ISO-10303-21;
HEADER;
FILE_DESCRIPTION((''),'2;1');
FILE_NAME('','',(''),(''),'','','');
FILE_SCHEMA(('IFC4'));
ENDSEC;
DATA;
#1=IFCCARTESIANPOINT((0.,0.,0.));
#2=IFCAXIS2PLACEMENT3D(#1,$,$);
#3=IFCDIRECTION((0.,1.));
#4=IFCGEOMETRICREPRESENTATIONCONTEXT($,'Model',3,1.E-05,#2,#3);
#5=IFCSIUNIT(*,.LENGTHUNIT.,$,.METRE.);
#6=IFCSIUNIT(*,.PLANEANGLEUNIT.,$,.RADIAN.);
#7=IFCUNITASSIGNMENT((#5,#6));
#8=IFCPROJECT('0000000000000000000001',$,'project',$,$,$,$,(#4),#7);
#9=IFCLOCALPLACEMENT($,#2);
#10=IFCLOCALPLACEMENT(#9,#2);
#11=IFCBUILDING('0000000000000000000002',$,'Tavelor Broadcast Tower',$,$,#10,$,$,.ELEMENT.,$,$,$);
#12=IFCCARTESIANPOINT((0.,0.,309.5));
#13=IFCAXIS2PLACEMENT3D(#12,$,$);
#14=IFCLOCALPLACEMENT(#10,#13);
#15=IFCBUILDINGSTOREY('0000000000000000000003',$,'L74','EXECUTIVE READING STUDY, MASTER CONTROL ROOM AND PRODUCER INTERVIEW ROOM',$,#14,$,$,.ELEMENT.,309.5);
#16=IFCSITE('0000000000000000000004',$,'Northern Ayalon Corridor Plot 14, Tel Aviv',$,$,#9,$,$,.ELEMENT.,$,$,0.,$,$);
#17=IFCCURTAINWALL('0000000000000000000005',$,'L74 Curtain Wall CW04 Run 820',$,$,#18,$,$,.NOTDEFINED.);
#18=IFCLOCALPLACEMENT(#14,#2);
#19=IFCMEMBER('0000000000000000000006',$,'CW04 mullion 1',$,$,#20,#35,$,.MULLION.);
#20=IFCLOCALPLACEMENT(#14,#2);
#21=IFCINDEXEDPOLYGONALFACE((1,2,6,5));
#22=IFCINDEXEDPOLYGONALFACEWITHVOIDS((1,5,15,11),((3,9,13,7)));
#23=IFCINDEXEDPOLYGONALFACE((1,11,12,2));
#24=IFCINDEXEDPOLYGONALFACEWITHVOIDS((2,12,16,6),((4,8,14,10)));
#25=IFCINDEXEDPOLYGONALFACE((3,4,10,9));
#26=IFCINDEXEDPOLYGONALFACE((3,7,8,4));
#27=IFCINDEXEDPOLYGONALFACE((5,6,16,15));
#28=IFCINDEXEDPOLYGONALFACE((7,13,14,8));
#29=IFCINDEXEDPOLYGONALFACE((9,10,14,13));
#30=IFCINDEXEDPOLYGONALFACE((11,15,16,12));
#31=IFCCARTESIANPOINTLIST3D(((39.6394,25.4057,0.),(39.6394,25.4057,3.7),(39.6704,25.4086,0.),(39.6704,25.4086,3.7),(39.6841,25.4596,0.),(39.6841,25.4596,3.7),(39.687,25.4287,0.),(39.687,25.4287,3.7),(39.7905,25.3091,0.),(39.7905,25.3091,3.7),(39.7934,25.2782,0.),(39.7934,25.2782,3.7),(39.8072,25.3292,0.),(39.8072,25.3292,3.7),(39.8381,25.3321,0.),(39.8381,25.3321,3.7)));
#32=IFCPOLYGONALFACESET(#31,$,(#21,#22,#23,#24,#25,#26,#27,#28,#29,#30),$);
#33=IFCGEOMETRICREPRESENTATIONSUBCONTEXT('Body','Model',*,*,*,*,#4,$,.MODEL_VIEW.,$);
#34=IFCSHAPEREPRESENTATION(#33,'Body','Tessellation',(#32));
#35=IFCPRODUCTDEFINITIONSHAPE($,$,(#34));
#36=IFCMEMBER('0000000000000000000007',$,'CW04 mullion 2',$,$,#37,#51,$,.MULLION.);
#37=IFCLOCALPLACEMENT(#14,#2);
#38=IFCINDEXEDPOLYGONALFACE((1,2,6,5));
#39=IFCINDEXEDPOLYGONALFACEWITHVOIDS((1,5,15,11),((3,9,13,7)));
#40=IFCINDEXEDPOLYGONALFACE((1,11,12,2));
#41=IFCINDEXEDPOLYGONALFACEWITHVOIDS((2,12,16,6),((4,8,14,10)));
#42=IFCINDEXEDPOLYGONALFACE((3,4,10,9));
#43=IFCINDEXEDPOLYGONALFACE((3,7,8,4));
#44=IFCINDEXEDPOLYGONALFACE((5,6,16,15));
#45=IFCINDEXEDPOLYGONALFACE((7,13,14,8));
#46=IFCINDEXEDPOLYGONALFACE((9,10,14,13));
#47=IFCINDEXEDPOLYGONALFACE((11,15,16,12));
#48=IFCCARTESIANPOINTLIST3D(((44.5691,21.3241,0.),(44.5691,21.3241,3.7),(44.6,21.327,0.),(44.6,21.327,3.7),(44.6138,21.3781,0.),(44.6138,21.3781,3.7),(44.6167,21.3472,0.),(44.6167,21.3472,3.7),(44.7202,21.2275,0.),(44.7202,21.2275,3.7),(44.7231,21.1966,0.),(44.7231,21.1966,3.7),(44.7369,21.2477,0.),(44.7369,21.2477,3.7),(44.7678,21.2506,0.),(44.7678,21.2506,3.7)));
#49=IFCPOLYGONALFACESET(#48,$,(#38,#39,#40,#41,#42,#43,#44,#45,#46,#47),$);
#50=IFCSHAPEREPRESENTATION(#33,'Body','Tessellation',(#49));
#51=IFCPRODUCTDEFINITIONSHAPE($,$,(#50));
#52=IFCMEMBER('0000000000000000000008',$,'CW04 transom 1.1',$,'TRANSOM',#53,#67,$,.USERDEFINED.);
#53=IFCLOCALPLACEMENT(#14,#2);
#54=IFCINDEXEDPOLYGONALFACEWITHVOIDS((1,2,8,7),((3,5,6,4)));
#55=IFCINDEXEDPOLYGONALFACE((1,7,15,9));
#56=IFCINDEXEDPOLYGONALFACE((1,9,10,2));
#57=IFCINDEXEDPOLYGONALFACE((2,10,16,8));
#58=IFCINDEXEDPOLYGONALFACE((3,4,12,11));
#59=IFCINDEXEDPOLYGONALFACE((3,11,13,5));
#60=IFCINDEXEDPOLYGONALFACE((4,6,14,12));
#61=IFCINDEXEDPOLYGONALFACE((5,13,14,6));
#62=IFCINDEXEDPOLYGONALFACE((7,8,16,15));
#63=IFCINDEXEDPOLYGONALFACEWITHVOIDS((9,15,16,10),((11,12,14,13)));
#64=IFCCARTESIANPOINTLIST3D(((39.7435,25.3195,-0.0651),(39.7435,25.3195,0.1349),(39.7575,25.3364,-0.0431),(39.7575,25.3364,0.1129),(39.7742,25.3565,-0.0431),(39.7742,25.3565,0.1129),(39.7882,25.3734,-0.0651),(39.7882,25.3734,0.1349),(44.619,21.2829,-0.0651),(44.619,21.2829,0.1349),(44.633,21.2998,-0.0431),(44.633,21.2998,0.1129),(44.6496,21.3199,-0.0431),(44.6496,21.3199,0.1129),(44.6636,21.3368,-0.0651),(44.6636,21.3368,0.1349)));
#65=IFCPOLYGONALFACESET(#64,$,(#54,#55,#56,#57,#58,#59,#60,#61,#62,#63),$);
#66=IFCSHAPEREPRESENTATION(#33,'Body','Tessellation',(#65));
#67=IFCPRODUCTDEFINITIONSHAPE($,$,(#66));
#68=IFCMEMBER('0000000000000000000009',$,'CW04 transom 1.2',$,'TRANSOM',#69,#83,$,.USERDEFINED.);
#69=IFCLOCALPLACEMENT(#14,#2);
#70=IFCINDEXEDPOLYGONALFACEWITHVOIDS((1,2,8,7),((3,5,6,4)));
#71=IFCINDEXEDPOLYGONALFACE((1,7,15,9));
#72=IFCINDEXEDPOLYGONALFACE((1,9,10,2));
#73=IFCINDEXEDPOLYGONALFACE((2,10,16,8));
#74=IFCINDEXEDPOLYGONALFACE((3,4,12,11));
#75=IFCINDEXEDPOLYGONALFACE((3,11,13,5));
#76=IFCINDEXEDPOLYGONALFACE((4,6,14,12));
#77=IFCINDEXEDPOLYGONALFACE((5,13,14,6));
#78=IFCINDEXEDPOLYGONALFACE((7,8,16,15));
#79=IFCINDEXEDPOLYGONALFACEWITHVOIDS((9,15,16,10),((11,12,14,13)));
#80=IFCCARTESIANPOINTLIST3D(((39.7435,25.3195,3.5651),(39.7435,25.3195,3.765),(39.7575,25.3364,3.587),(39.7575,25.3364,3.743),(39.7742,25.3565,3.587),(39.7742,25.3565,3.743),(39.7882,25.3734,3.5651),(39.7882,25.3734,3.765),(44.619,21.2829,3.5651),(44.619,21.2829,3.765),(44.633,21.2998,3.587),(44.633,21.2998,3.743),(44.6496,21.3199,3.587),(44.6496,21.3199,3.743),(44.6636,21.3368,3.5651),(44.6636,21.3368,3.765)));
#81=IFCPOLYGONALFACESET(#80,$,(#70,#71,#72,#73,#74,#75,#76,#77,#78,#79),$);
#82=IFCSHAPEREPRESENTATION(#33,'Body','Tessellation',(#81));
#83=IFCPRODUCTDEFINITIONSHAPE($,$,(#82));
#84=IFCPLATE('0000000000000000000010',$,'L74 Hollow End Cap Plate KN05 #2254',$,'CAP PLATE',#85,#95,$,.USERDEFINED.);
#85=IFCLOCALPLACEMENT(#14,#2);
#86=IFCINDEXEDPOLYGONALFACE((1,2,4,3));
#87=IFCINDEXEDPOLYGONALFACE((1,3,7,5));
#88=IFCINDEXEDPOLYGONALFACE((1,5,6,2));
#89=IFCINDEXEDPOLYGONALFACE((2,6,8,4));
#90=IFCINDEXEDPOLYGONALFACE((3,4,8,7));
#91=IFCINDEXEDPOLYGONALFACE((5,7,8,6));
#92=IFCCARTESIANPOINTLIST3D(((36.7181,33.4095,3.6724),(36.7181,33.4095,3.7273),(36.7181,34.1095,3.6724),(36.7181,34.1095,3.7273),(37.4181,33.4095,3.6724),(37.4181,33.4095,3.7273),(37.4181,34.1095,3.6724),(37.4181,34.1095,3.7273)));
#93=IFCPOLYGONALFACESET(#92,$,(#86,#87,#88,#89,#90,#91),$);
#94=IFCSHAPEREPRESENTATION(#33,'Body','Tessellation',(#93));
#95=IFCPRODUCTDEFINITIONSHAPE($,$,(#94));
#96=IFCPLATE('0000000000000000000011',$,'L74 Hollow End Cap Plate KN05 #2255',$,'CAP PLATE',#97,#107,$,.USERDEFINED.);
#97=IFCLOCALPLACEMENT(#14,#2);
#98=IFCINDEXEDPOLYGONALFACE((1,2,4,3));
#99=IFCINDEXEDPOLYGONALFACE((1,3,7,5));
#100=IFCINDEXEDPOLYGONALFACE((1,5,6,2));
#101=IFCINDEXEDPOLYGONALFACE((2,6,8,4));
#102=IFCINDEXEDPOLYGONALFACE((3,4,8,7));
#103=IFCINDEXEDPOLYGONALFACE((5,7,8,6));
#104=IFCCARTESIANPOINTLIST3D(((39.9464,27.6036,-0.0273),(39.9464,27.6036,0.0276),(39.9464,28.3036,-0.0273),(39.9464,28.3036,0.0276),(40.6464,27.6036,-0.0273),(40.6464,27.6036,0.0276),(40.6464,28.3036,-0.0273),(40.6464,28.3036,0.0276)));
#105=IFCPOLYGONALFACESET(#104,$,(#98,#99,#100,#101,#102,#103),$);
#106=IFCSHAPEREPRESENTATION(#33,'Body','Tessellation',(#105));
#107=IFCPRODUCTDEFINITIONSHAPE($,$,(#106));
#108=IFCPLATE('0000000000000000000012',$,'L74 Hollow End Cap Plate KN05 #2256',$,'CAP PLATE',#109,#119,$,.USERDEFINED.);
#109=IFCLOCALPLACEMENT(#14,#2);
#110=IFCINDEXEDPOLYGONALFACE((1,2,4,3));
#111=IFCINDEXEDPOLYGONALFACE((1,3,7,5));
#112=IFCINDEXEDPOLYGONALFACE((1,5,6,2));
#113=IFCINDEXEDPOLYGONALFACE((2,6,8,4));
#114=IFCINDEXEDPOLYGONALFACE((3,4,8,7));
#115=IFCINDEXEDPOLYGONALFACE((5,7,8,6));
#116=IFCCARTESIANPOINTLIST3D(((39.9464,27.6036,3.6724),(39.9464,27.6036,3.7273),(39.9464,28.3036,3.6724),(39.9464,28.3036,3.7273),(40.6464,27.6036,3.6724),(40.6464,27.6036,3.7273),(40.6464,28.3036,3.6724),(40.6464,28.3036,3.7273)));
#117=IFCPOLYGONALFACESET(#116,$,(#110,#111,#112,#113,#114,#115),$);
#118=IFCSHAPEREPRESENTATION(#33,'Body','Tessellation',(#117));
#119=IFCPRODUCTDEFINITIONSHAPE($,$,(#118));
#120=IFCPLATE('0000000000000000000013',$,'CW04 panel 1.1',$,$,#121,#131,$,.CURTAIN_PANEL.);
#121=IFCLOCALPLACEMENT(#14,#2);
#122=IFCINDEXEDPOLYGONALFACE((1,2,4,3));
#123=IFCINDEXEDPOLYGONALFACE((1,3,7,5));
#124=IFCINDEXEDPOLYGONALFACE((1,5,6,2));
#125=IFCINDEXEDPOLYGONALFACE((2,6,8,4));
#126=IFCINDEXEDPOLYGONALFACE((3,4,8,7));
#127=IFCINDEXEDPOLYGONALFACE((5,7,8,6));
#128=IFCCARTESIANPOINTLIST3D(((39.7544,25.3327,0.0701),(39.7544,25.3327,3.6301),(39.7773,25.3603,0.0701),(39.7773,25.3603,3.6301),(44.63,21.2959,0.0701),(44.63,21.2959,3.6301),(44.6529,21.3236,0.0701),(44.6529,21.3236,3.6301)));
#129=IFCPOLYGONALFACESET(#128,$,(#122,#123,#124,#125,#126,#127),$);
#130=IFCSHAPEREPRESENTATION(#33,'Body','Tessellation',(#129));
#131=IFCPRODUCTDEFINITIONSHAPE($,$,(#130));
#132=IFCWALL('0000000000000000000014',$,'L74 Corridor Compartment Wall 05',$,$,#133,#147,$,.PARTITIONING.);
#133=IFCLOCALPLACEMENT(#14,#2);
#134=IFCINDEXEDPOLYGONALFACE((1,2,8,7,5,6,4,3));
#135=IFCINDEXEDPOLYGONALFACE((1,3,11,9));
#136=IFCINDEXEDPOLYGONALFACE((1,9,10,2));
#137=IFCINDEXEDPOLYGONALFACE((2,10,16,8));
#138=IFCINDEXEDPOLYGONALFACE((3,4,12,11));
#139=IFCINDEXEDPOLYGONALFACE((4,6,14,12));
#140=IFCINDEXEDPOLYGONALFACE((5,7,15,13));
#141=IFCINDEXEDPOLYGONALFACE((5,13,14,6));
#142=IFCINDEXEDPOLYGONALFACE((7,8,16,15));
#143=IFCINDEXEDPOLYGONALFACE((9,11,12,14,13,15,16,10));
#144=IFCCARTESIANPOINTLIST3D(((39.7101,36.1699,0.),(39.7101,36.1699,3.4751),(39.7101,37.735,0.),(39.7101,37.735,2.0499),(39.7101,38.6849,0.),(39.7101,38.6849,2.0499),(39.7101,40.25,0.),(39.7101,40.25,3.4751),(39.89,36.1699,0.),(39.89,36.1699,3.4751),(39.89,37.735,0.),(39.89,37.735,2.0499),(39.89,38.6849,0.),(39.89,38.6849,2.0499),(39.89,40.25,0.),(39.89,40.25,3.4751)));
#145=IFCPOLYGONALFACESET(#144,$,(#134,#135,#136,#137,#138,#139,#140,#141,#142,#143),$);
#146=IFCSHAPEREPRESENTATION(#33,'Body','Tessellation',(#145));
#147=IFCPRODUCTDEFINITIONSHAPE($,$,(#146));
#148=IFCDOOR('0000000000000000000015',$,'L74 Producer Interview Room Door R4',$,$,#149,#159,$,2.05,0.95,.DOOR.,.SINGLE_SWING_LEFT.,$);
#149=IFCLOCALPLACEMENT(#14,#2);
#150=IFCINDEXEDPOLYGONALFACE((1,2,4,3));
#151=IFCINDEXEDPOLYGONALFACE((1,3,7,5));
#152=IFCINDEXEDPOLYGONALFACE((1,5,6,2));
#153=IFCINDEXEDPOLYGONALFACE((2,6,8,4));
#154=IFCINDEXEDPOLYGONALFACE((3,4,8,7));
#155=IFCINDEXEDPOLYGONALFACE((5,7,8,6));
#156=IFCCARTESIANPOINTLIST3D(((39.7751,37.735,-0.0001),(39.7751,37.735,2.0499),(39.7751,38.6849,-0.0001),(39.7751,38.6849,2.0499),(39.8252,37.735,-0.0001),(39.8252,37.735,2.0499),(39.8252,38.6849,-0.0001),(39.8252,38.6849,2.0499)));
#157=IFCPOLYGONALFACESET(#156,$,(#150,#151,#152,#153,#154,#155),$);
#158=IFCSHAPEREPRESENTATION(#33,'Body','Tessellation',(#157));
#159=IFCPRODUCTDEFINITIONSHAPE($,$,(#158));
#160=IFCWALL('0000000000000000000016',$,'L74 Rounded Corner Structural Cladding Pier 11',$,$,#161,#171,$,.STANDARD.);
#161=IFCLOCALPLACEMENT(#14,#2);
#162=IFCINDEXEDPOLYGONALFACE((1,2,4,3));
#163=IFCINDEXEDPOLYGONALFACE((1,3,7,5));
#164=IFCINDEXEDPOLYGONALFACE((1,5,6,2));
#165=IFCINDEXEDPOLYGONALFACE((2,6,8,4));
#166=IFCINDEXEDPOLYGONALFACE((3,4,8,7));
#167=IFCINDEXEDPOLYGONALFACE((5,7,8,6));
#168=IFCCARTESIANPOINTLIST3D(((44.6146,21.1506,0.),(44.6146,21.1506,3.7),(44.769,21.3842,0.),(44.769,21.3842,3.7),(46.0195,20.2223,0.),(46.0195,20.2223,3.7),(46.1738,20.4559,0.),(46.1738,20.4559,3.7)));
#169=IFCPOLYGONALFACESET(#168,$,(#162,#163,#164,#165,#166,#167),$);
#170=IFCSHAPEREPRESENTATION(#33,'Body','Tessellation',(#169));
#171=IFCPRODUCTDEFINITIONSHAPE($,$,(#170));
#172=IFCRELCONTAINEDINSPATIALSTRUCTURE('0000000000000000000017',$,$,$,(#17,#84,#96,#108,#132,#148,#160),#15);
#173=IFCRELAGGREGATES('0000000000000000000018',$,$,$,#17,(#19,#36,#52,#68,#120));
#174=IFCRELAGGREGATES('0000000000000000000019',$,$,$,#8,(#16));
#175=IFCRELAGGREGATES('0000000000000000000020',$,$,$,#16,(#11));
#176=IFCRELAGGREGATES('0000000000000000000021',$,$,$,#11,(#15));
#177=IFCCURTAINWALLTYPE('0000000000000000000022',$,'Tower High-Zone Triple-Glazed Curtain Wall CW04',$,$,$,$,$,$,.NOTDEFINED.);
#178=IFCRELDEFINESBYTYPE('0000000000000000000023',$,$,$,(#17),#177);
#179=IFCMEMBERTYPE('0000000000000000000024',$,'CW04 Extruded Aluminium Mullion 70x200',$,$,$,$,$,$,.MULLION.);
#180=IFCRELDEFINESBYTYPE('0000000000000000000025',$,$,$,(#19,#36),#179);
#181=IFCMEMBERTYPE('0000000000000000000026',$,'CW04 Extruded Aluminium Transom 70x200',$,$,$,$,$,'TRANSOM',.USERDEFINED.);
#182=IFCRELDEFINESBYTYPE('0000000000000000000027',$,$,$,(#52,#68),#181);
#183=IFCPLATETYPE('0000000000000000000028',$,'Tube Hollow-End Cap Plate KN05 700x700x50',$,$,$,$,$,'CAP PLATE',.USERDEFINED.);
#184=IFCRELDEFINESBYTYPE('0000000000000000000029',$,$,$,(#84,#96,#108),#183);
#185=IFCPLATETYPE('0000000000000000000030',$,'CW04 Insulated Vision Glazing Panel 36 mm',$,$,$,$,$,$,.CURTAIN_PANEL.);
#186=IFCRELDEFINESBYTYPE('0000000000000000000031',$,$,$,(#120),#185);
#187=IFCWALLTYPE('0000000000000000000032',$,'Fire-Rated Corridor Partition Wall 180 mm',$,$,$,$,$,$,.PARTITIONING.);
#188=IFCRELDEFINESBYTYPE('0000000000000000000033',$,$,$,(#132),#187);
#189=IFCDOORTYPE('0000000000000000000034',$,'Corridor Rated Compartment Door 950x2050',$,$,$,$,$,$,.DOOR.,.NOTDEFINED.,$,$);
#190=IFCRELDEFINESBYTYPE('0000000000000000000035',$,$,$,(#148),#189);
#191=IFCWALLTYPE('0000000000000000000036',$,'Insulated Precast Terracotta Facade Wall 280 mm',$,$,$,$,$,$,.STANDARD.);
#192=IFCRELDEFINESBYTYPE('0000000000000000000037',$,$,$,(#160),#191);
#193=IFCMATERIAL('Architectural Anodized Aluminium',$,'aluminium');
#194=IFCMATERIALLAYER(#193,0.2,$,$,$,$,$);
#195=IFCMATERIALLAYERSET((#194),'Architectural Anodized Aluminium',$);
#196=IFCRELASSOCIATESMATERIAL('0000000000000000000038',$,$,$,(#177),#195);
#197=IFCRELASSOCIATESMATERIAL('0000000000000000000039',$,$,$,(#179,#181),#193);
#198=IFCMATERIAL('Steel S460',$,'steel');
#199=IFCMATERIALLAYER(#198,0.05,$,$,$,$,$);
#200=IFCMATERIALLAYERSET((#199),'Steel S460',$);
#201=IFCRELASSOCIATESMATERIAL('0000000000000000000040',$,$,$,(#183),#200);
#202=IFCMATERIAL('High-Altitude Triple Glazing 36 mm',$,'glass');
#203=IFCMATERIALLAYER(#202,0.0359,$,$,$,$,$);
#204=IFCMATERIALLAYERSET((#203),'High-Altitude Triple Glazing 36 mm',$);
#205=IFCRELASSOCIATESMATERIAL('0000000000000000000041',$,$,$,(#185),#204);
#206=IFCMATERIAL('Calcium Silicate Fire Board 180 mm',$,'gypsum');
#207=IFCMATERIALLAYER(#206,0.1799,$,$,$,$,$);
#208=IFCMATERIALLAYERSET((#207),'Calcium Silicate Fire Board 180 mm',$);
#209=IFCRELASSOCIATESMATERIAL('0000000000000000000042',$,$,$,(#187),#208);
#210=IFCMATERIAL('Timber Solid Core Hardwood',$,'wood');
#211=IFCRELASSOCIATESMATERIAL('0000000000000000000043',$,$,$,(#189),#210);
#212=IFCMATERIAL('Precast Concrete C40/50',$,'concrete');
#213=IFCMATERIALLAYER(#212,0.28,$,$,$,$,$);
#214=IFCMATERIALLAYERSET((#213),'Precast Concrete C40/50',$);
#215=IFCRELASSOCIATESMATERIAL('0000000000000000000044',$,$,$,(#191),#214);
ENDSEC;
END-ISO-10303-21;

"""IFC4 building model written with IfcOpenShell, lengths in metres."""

from ifc_helpers import new_model, si_unit, direction, frame, frame_2d, origin, origin_2d, place, context, subcontext, project, spatial, rectangle, hollow_rectangle, extrude, source, transform, mapped, material, layer, layer_set, material_profile, profile_set, type_object, type_shapes, element, fill, aggregate, save


model = new_model("IFC4")

# Units and contexts
model_context = context("Model", 3, precision=1e-05, world=origin(), true_north=direction((0.0, 1.0)))
body_context = subcontext(model_context, "Body", "Model", "MODEL_VIEW")
ifc_project = project(units=[si_unit("LENGTHUNIT", "METRE"), si_unit("PLANEANGLEUNIT", "RADIAN")], contexts=[model_context])

# Site, building, storey
site_placement = place(None, origin())
site = spatial("IfcSite", under=ifc_project, at=site_placement, Name="Northern Ayalon Corridor Plot 14, Tel Aviv", CompositionType="ELEMENT", RefElevation=0.0)
building_placement = place(site_placement, origin())
building = spatial("IfcBuilding", under=site, at=building_placement, Name="Tavelor Broadcast Tower", CompositionType="ELEMENT")
storey_placement = place(building_placement, frame((0.0, 0.0, 309.5)))
storey = spatial("IfcBuildingStorey", under=building, at=storey_placement, Name="L74", Description="EXECUTIVE READING STUDY, MASTER CONTROL ROOM AND PRODUCER INTERVIEW ROOM", CompositionType="ELEMENT", Elevation=309.5)

# Shared definitions
ifc_material_1 = material(Name="Steel S460", Category="steel")

# Shared definitions
ifc_material_2 = material(Name="Architectural Anodized Aluminium", Category="aluminium")
ifc_layer_1 = layer(ifc_material_2, 0.2)
ifc_layer_set_1 = layer_set([ifc_layer_1], Name="Architectural Anodized Aluminium")
curtain_wall_type = type_object("IfcCurtainWallType", Name="Tower High-Zone Triple-Glazed Curtain Wall CW04", PredefinedType="NOTDEFINED", material=ifc_layer_set_1)
ifc_material_profile_1 = material_profile(ifc_material_2, hollow_rectangle(XDim=0.0701, YDim=0.2, WallThickness=0.022, at=origin_2d()), Name="RHS 70x200x22")
ifc_profile_set_1 = profile_set([ifc_material_profile_1], Name="Architectural Anodized Aluminium")
member_type_1 = type_object("IfcMemberType", Name="CW04 Extruded Aluminium Mullion 70x200", PredefinedType="MULLION", material=ifc_profile_set_1)
shared_shape_1 = source(origin(), body_context, "Body", "SweptSolid", [
    extrude(hollow_rectangle(XDim=0.0701, YDim=0.2, WallThickness=0.022, at=origin_2d()), origin(), (0.0, 0.0, 1.0), 3.7),
])
type_shapes(member_type_1, [shared_shape_1])

# Curtain wall, members
curtain_wall_1_placement = place(storey_placement, origin())
curtain_wall_1 = element("IfcCurtainWall", 1, at=curtain_wall_1_placement, inside=storey, type_object=curtain_wall_type, Name="L74 Curtain Wall CW04 Run 820", PredefinedType="NOTDEFINED")
member_1_placement = place(storey_placement, frame((39.7388, 25.3689, 0.0), z_axis=(0.0, 0.0, 1.0), x_axis=(0.637733, 0.770257, 0.0)))
member_1 = element("IfcMember", 2, at=member_1_placement, type_object=member_type_1, Name="CW04 mullion 1", PredefinedType="MULLION", context=body_context, shape_type="MappedRepresentation", body=[
    mapped(shared_shape_1, transform((0.0, 0.0, 0.0), scale=1.0)),
])
member_2_placement = place(storey_placement, frame((44.6685, 21.2874, 0.0), z_axis=(0.0, 0.0, 1.0), x_axis=(0.637733, 0.770257, 0.0)))
member_2 = element("IfcMember", 3, at=member_2_placement, type_object=member_type_1, Name="CW04 mullion 2", PredefinedType="MULLION", context=body_context, shape_type="MappedRepresentation", body=[
    mapped(shared_shape_1, transform((0.0, 0.0, 0.0), scale=1.0)),
])
ifc_material_profile_2 = material_profile(ifc_material_2, hollow_rectangle(XDim=0.0701, YDim=0.2, WallThickness=0.022, at=origin_2d()), Name="RHS 70x200x22")
ifc_profile_set_2 = profile_set([ifc_material_profile_2], Name="Architectural Anodized Aluminium")
member_type_2 = type_object("IfcMemberType", Name="CW04 Extruded Aluminium Transom 70x200", ElementType="TRANSOM", PredefinedType="USERDEFINED", material=ifc_profile_set_2)
shared_shape_2 = source(origin(), body_context, "Body", "SweptSolid", [
    extrude(hollow_rectangle(XDim=0.0701, YDim=0.2, WallThickness=0.022, at=origin_2d()), origin(), (0.0, 0.0, 1.0), 6.3296),
])
type_shapes(member_type_2, [shared_shape_2])
member_3_placement = place(storey_placement, frame((39.7659, 25.3464, 0.0349), z_axis=(0.77026, -0.63773, 0.0), x_axis=(0.63773, 0.77026, 0.0)))
member_3 = element("IfcMember", 4, at=member_3_placement, type_object=member_type_2, Name="CW04 transom 1.1", ObjectType="TRANSOM", PredefinedType="USERDEFINED", context=body_context, shape_type="MappedRepresentation", body=[
    mapped(shared_shape_2, transform((0.0, 0.0, 0.0), scale=1.0)),
])
member_4_placement = place(storey_placement, frame((39.7659, 25.3464, 3.665), z_axis=(0.77026, -0.63773, 0.0), x_axis=(0.63773, 0.77026, 0.0)))
member_4 = element("IfcMember", 5, at=member_4_placement, type_object=member_type_2, Name="CW04 transom 1.2", ObjectType="TRANSOM", PredefinedType="USERDEFINED", context=body_context, shape_type="MappedRepresentation", body=[
    mapped(shared_shape_2, transform((0.0, 0.0, 0.0), scale=1.0)),
])

# Plates
ifc_layer_2 = layer(ifc_material_1, 0.05)
ifc_layer_set_2 = layer_set([ifc_layer_2], Name="Steel S460")
plate_type_1 = type_object("IfcPlateType", Name="Tube Hollow-End Cap Plate KN05 700x700x50", ElementType="CAP PLATE", PredefinedType="USERDEFINED", material=ifc_layer_set_2)
shared_shape_3 = source(origin(), body_context, "Body", "SweptSolid", [
    extrude(rectangle(XDim=0.7, YDim=0.7, at=origin_2d()), origin(), (0.0, 0.0, 1.0), 0.0549),
])
type_shapes(plate_type_1, [shared_shape_3])
for number, where, z_axis, x_axis, name in (
    (6, (37.0681, 33.7595, 3.6724), (0.0, 0.0, 1.0), (1.0, 0.0, 0.0), "L74 Hollow End Cap Plate KN05 #2254"),
    (7, (40.2964, 27.9536, -0.0273), (0.0, 0.0, 1.0), (1.0, 0.0, 0.0), "L74 Hollow End Cap Plate KN05 #2255"),
    (8, (40.2964, 27.9536, 3.6724), (0.0, 0.0, 1.0), (1.0, 0.0, 0.0), "L74 Hollow End Cap Plate KN05 #2256"),
):
    element("IfcPlate", number, at=place(storey_placement, frame(where, z_axis=z_axis, x_axis=x_axis)), inside=storey, type_object=plate_type_1, Name=name, ObjectType="CAP PLATE", PredefinedType="USERDEFINED", context=body_context, shape_type="MappedRepresentation", body=[
        mapped(shared_shape_3, transform((0.0, 0.0, 0.0), scale=1.0)),
    ])

# Plate
ifc_material_3 = material(Name="High-Altitude Triple Glazing 36 mm", Category="glass")
ifc_layer_3 = layer(ifc_material_3, 0.0359)
ifc_layer_set_3 = layer_set([ifc_layer_3], Name="High-Altitude Triple Glazing 36 mm")
plate_type_2 = type_object("IfcPlateType", Name="CW04 Insulated Vision Glazing Panel 36 mm", PredefinedType="CURTAIN_PANEL", material=ifc_layer_set_3)
shared_shape_4 = source(origin(), body_context, "Body", "SweptSolid", [
    extrude(rectangle(XDim=6.3298, YDim=0.0359, at=origin_2d()), origin(), (0.0, 0.0, 1.0), 3.5601),
])
type_shapes(plate_type_2, [shared_shape_4])
plate_placement = place(storey_placement, frame((42.2036, 23.3281, 0.0701), z_axis=(0.0, 0.0, 1.0), x_axis=(0.770257, -0.637733, 0.0)))
plate = element("IfcPlate", 9, at=plate_placement, type_object=plate_type_2, Name="CW04 panel 1.1", PredefinedType="CURTAIN_PANEL", context=body_context, shape_type="MappedRepresentation", body=[
    mapped(shared_shape_4, transform((0.0, 0.0, 0.0), scale=1.0)),
])
aggregate(curtain_wall_1, [member_1, member_2, member_3, member_4, plate])

# Wall, opening, door
ifc_material_4 = material(Name="Calcium Silicate Fire Board 180 mm", Category="gypsum")
ifc_layer_4 = layer(ifc_material_4, 0.1799)
ifc_layer_set_4 = layer_set([ifc_layer_4], Name="Calcium Silicate Fire Board 180 mm")
wall_type_1 = type_object("IfcWallType", Name="Fire-Rated Corridor Partition Wall 180 mm", PredefinedType="PARTITIONING", material=ifc_layer_set_4)
wall_1_placement = place(storey_placement, frame((39.8, 36.1699, 0.0), z_axis=(0.0, 0.0, 1.0), x_axis=(0.0, 1.0, 0.0)))
wall_1 = element("IfcWall", 10, at=wall_1_placement, inside=storey, type_object=wall_type_1, Name="L74 Corridor Compartment Wall 05", PredefinedType="PARTITIONING", context=body_context, shape_type="SweptSolid", body=[
    extrude(rectangle(XDim=4.0801, YDim=0.1799, at=frame_2d((2.04, 0.0))), origin(), (0.0, 0.0, 1.0), 3.4751),
])
opening_1_placement = place(wall_1_placement, frame((1.5649, 0.0, 0.0)))
opening_1 = element("IfcOpeningElement", 11, at=opening_1_placement, cuts=wall_1, PredefinedType="OPENING", context=body_context, shape_type="SweptSolid", body=[
    extrude(rectangle(XDim=0.95, YDim=2.05, at=frame_2d((0.4751, 1.0249))), frame((0.0, 0.1001, 0.0), z_axis=(0.0, -1.0, 0.0), x_axis=(1.0, 0.0, 0.0)), (0.0, 0.0, 1.0), 0.2),
])
ifc_material_5 = material(Name="Timber Solid Core Hardwood", Category="wood")
door_type_1 = type_object("IfcDoorType", Name="Corridor Rated Compartment Door 950x2050", OperationType="NOTDEFINED", PredefinedType="DOOR", material=ifc_material_5)
door_1_placement = place(opening_1_placement, origin())
door_1 = element("IfcDoor", 12, at=door_1_placement, inside=storey, type_object=door_type_1, Name="L74 Producer Interview Room Door R4", OperationType="SINGLE_SWING_LEFT", OverallHeight=2.05, OverallWidth=0.95, PredefinedType="DOOR", context=body_context, shape_type="SweptSolid", body=[
    extrude(rectangle(XDim=0.95, YDim=2.05, at=frame_2d((0.4751, 1.0249))), frame((0.0, 0.0249, 0.0), z_axis=(0.0, -1.0, 0.0), x_axis=(1.0, 0.0, 0.0)), (0.0, 0.0, 1.0), 0.05),
])
fill(opening_1, door_1)

# Wall
ifc_material_6 = material(Name="Precast Concrete C40/50", Category="concrete")
ifc_layer_5 = layer(ifc_material_6, 0.28)
ifc_layer_set_5 = layer_set([ifc_layer_5], Name="Precast Concrete C40/50")
wall_type_2 = type_object("IfcWallType", Name="Insulated Precast Terracotta Facade Wall 280 mm", PredefinedType="STANDARD", material=ifc_layer_set_5)
wall_2_placement = place(storey_placement, frame((44.6919, 21.2673, 0.0), z_axis=(0.0, 0.0, 1.0), x_axis=(0.834319, -0.551282, 0.0)))
element("IfcWall", 13, at=wall_2_placement, inside=storey, type_object=wall_type_2, Name="L74 Rounded Corner Structural Cladding Pier 11", PredefinedType="STANDARD", context=body_context, shape_type="SweptSolid", body=[
    extrude(rectangle(XDim=1.6838, YDim=0.28, at=frame_2d((0.8418, 0.0))), origin(), (0.0, 0.0, 1.0), 3.7),
])

save(model, "model.ifc")
